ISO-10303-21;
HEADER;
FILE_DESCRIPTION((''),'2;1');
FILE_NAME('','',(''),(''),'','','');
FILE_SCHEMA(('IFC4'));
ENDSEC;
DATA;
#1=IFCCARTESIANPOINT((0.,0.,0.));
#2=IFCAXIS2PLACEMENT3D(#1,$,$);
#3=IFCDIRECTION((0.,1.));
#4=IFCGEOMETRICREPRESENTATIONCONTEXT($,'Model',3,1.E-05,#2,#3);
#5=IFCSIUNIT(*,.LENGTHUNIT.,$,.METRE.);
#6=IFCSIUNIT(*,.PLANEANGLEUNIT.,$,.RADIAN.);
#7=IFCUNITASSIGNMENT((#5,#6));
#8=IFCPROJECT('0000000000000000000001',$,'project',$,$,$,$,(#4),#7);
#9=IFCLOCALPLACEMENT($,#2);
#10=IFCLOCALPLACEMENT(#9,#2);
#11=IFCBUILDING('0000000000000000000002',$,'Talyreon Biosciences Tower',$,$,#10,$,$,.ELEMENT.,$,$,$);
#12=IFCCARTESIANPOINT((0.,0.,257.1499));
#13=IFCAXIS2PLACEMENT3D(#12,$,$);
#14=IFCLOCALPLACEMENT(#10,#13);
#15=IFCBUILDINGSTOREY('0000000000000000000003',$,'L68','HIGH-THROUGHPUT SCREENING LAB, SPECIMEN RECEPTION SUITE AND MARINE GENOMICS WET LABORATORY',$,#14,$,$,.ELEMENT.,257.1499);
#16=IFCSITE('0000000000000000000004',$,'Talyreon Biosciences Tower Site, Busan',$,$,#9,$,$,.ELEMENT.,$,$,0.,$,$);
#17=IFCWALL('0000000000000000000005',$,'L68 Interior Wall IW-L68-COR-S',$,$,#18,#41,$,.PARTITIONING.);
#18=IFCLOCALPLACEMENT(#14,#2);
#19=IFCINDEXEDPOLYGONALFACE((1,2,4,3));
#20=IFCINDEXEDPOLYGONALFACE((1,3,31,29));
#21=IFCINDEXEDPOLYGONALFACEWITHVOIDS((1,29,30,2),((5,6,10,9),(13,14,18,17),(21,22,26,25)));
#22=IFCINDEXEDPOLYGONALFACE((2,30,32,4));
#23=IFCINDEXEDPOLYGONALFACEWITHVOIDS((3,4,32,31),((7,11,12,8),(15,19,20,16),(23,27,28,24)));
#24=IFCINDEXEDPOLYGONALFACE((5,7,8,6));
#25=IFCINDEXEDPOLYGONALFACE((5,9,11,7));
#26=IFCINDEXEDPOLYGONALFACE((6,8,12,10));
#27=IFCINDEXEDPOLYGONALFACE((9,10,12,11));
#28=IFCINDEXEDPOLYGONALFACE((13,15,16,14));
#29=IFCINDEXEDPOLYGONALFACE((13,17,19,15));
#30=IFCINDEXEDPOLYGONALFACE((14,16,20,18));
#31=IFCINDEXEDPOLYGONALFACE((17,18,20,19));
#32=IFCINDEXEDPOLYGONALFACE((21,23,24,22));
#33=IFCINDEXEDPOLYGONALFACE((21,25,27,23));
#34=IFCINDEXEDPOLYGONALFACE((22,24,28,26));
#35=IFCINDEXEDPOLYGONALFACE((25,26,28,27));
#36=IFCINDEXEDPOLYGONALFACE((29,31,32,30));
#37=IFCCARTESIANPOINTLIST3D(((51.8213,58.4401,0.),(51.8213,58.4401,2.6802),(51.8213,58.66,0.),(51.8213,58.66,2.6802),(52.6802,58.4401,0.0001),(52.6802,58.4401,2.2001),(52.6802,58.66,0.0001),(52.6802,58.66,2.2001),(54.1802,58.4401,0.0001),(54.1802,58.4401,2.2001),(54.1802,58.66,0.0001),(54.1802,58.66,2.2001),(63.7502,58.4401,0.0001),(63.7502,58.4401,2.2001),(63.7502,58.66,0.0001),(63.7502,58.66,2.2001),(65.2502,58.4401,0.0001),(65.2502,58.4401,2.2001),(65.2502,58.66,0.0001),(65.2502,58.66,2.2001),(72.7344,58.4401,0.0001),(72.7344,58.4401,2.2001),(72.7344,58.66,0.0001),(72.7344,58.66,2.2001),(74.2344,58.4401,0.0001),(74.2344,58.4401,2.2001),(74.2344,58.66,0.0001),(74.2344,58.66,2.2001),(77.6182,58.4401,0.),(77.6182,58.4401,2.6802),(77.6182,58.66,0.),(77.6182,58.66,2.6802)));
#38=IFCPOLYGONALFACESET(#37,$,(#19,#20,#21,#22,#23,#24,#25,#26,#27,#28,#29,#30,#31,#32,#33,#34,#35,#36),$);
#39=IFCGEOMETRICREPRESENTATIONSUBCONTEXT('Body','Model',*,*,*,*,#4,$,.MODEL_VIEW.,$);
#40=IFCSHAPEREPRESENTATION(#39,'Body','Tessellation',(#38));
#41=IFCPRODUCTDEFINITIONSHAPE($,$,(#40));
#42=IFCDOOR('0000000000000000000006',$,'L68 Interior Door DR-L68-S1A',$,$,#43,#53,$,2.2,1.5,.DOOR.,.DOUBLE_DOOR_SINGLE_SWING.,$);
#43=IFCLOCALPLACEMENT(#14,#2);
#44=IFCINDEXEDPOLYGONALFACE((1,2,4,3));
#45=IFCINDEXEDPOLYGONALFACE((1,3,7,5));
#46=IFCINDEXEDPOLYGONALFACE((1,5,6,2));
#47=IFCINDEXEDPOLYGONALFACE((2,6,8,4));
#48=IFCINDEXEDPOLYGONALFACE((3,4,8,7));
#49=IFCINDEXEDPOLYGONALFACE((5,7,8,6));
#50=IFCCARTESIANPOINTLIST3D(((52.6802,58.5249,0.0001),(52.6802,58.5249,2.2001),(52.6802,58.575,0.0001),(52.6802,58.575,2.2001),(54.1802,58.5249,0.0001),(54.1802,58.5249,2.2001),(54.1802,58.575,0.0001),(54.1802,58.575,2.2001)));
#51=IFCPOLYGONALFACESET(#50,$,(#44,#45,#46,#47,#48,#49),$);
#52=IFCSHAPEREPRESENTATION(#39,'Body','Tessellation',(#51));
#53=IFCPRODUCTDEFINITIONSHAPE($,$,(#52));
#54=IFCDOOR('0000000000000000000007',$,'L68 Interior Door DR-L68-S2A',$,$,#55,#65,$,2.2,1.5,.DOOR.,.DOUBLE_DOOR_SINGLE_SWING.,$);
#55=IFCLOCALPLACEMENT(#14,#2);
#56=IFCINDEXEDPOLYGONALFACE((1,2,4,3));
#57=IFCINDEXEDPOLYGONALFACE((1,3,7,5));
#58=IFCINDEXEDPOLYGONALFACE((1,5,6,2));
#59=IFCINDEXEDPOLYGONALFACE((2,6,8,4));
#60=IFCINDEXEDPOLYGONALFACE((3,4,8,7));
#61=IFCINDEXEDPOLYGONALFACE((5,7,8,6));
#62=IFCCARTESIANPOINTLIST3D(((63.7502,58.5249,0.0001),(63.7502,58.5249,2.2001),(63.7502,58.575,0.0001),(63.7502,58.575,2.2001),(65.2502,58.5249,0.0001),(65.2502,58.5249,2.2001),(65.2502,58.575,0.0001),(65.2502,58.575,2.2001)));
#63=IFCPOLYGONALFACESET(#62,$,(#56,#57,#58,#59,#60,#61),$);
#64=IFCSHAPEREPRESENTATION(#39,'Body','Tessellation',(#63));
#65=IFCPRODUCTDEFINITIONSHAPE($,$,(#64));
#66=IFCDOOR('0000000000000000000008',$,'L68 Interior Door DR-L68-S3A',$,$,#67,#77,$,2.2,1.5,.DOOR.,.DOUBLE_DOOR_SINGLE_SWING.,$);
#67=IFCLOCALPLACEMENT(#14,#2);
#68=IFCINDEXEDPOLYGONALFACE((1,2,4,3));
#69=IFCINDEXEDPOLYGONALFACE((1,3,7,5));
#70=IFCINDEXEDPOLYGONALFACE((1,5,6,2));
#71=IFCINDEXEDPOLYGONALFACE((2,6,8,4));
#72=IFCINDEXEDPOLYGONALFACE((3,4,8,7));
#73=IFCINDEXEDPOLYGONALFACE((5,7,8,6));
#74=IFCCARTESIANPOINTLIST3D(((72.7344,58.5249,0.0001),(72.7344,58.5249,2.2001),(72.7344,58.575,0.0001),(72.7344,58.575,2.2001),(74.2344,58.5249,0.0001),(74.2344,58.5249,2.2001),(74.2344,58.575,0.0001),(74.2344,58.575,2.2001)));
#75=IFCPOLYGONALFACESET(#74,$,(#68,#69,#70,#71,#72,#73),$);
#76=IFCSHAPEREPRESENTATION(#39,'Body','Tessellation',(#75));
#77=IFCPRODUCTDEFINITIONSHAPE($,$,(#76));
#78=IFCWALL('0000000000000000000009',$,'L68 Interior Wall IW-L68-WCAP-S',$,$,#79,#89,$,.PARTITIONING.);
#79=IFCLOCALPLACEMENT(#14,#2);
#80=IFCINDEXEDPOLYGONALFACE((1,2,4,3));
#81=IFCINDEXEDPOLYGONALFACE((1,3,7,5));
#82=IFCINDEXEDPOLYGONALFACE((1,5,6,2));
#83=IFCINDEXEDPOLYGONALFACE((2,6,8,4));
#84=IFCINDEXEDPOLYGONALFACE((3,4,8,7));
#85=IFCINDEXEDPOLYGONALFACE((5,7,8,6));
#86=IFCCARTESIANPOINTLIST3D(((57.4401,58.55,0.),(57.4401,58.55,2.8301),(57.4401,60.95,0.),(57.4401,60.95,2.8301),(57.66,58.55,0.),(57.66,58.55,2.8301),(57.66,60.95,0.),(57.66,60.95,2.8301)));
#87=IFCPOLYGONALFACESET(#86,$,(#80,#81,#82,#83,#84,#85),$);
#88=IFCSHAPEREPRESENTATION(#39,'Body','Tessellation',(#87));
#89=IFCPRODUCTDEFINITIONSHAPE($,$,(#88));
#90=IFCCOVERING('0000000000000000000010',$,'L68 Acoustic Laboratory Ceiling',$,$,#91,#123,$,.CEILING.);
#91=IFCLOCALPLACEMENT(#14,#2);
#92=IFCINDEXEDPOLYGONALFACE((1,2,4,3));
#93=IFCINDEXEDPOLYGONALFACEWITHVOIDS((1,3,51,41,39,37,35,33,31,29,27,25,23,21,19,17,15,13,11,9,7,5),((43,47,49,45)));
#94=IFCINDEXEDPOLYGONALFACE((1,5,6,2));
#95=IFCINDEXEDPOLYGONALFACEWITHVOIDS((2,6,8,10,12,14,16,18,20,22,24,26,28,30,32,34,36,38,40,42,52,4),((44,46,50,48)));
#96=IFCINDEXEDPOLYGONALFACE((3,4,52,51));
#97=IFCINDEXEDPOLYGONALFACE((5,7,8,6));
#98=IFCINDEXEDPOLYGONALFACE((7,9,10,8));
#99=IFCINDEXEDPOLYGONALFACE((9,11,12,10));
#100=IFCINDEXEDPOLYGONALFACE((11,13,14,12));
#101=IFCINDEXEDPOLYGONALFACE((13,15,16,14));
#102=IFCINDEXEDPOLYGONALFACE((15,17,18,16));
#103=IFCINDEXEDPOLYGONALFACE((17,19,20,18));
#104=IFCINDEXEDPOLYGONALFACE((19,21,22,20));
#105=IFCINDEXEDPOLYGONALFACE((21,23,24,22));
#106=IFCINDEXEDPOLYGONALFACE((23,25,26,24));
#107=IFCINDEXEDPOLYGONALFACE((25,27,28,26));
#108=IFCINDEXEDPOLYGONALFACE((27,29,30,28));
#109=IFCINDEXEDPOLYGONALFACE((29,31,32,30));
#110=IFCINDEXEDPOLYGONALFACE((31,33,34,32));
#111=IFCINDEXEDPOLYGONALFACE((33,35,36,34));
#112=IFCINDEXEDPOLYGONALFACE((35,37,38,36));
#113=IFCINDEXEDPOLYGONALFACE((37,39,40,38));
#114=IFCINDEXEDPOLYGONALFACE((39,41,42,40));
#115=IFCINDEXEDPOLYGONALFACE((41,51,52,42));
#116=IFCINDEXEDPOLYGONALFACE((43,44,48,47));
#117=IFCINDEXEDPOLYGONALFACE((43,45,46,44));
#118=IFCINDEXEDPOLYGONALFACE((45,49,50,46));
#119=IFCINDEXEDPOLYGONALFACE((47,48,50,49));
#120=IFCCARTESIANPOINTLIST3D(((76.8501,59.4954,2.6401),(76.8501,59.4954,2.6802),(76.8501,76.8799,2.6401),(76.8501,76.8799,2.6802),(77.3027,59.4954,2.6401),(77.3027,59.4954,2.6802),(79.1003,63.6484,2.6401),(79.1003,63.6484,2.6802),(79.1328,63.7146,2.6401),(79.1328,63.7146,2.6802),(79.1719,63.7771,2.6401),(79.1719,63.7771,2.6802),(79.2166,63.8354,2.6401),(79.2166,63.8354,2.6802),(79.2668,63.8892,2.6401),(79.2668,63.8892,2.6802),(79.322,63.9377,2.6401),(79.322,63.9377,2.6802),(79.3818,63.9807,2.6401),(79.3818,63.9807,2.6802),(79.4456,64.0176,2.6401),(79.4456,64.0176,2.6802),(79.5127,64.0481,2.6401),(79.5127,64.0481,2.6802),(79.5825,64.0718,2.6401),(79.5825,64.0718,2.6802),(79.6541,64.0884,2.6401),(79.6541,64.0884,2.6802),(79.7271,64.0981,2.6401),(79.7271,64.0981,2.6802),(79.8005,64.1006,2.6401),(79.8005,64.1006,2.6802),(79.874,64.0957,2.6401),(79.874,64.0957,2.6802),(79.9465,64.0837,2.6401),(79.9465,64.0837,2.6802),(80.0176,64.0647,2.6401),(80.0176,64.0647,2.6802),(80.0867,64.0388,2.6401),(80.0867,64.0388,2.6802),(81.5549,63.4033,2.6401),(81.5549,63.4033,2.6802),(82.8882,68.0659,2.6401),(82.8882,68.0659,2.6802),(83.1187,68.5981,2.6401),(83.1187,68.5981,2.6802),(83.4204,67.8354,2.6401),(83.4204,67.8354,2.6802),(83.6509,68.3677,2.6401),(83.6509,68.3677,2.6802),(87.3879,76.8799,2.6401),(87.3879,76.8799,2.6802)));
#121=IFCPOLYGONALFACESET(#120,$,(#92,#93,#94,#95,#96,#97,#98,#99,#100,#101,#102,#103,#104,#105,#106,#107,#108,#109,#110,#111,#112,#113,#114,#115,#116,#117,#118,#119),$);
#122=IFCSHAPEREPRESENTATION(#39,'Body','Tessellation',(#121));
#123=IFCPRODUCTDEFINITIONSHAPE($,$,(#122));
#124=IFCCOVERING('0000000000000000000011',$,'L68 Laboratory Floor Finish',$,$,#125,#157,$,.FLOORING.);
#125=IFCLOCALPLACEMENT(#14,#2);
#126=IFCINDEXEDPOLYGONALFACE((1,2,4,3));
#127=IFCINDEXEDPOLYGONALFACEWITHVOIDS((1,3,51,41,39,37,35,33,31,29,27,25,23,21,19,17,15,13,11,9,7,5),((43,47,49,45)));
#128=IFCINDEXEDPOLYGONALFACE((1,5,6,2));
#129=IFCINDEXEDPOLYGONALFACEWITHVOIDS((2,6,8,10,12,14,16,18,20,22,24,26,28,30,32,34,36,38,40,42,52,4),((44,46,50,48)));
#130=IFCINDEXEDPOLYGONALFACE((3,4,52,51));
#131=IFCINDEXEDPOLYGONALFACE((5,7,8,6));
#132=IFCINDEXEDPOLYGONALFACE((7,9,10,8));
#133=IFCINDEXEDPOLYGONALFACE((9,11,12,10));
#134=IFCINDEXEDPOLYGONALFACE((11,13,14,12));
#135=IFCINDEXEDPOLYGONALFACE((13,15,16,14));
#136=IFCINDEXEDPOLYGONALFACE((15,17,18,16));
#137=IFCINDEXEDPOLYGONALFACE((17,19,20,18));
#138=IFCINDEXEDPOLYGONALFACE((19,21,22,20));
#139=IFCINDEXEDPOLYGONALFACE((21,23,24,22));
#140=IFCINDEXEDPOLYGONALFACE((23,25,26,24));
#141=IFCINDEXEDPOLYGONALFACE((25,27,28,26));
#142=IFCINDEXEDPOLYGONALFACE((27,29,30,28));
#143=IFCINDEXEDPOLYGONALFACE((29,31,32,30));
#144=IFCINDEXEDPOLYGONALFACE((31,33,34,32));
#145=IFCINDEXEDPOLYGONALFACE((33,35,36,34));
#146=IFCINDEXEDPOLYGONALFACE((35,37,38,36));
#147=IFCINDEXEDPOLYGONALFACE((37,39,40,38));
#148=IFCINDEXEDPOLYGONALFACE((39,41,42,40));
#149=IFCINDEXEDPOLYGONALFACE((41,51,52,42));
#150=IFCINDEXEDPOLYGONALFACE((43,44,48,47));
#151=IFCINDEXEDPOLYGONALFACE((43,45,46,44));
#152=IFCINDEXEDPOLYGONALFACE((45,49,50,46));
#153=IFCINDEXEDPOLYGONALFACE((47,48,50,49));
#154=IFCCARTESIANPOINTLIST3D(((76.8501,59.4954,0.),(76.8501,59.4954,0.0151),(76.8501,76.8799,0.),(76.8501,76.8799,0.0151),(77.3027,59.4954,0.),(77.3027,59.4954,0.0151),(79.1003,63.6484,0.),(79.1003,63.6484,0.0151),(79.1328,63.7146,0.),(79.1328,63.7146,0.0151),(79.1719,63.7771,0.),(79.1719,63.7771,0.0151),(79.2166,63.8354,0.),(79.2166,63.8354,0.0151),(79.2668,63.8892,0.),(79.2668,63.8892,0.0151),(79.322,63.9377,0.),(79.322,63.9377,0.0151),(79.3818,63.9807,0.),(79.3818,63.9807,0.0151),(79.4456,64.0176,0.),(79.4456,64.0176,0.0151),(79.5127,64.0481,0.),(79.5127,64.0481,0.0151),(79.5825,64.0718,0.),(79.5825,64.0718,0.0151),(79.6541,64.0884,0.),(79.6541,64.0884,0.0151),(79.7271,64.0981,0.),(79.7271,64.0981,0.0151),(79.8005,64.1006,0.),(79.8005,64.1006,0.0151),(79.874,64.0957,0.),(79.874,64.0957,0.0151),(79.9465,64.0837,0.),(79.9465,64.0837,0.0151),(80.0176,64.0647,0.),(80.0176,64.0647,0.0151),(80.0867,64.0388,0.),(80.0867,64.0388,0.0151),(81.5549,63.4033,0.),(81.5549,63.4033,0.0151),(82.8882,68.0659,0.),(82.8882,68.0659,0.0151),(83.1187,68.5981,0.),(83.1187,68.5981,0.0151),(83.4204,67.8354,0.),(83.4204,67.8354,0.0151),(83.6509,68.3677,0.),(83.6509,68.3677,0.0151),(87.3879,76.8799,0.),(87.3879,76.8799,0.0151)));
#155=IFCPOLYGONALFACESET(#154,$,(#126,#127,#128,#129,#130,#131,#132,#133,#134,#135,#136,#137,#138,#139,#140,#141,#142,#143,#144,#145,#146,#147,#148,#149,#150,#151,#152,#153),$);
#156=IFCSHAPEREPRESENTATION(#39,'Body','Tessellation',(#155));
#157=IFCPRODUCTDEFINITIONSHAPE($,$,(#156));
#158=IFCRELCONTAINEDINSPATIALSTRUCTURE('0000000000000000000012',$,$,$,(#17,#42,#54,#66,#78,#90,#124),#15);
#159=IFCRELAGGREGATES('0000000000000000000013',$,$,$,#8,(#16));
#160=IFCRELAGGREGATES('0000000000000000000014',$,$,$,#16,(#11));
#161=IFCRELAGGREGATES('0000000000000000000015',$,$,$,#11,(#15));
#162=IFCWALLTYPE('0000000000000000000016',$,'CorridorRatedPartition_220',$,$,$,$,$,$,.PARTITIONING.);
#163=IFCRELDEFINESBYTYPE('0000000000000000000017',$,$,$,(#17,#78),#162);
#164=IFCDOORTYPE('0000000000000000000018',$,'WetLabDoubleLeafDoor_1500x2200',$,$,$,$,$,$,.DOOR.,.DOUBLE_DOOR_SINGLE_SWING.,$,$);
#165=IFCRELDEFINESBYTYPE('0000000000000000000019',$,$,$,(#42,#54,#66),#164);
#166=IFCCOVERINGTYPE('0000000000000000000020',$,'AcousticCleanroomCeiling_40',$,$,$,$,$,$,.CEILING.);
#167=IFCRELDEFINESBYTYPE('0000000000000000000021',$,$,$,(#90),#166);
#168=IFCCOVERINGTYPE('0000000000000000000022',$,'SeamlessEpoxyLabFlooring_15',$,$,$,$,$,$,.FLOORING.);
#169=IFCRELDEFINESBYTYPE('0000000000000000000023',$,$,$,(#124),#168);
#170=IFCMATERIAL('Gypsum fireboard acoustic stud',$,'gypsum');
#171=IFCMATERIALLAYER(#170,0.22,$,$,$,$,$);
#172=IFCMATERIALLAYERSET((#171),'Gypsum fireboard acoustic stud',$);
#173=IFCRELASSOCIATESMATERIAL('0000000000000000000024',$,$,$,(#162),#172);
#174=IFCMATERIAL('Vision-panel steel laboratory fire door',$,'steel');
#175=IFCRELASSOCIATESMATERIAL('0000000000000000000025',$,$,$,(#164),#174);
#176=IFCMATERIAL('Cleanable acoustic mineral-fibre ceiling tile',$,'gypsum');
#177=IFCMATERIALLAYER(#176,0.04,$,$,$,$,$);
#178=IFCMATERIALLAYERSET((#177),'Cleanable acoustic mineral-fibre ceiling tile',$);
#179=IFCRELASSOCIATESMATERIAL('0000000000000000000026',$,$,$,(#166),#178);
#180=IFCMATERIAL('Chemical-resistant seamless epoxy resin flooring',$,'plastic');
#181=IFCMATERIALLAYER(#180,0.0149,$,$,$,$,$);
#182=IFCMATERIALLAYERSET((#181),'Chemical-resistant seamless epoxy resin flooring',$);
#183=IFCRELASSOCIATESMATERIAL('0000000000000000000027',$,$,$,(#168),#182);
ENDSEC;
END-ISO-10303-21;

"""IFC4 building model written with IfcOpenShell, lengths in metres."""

from ifc_helpers import new_model, si_unit, direction, frame, frame_2d, origin, place, context, subcontext, project, spatial, polyline, rectangle, outline, extrude, material, layer, layer_set, type_object, element, fill, save


model = new_model("IFC4")

# Units and contexts
model_context = context("Model", 3, precision=1e-05, world=origin(), true_north=direction((0.0, 1.0)))
body_context = subcontext(model_context, "Body", "Model", "MODEL_VIEW")
ifc_project = project(units=[si_unit("LENGTHUNIT", "METRE"), si_unit("PLANEANGLEUNIT", "RADIAN")], contexts=[model_context])

# Site, building, storey
site_placement = place(None, origin())
site = spatial("IfcSite", under=ifc_project, at=site_placement, Name="Talyreon Biosciences Tower Site, Busan", CompositionType="ELEMENT", RefElevation=0.0)
building_placement = place(site_placement, origin())
building = spatial("IfcBuilding", under=site, at=building_placement, Name="Talyreon Biosciences Tower", CompositionType="ELEMENT")
storey_placement = place(building_placement, frame((0.0, 0.0, 257.1499)))
storey = spatial("IfcBuildingStorey", under=building, at=storey_placement, Name="L68", Description="HIGH-THROUGHPUT SCREENING LAB, SPECIMEN RECEPTION SUITE AND MARINE GENOMICS WET LABORATORY", CompositionType="ELEMENT", Elevation=257.1499)

# Wall, openings, doors
ifc_material_1 = material(Name="Gypsum fireboard acoustic stud", Category="gypsum")
ifc_layer_1 = layer(ifc_material_1, 0.22)
ifc_layer_set_1 = layer_set([ifc_layer_1], Name="Gypsum fireboard acoustic stud")
wall_type_1 = type_object("IfcWallType", Name="CorridorRatedPartition_220", PredefinedType="PARTITIONING", material=ifc_layer_set_1)
wall_1_placement = place(storey_placement, frame((51.8213, 58.55, 0.0), z_axis=(0.0, 0.0, 1.0), x_axis=(1.0, 0.0, 0.0)))
wall_1 = element("IfcWall", 1, at=wall_1_placement, inside=storey, type_object=wall_type_1, Name="L68 Interior Wall IW-L68-COR-S", PredefinedType="PARTITIONING", context=body_context, shape_type="SweptSolid", body=[
    extrude(rectangle(XDim=25.7969, YDim=0.22, at=frame_2d((12.8984, 0.0))), origin(), (0.0, 0.0, 1.0), 2.6802),
])
opening_1_placement = place(wall_1_placement, frame((0.8589, 0.0, 0.0)))
opening_1 = element("IfcOpeningElement", 2, at=opening_1_placement, cuts=wall_1, PredefinedType="OPENING", context=body_context, shape_type="SweptSolid", body=[
    extrude(rectangle(XDim=1.5, YDim=2.2, at=frame_2d((0.75, 1.1001))), frame((0.0, 0.1199, 0.0), z_axis=(0.0, -1.0, 0.0), x_axis=(1.0, 0.0, 0.0)), (0.0, 0.0, 1.0), 0.24),
])
opening_2_placement = place(wall_1_placement, frame((11.929, 0.0, 0.0)))
opening_2 = element("IfcOpeningElement", 3, at=opening_2_placement, cuts=wall_1, PredefinedType="OPENING", context=body_context, shape_type="SweptSolid", body=[
    extrude(rectangle(XDim=1.5, YDim=2.2, at=frame_2d((0.75, 1.1001))), frame((0.0, 0.1199, 0.0), z_axis=(0.0, -1.0, 0.0), x_axis=(1.0, 0.0, 0.0)), (0.0, 0.0, 1.0), 0.24),
])
opening_3_placement = place(wall_1_placement, frame((20.9131, 0.0, 0.0)))
opening_3 = element("IfcOpeningElement", 4, at=opening_3_placement, cuts=wall_1, PredefinedType="OPENING", context=body_context, shape_type="SweptSolid", body=[
    extrude(rectangle(XDim=1.5, YDim=2.2, at=frame_2d((0.75, 1.1001))), frame((0.0, 0.1199, 0.0), z_axis=(0.0, -1.0, 0.0), x_axis=(1.0, 0.0, 0.0)), (0.0, 0.0, 1.0), 0.24),
])
ifc_material_2 = material(Name="Vision-panel steel laboratory fire door", Category="steel")
door_type_1 = type_object("IfcDoorType", Name="WetLabDoubleLeafDoor_1500x2200", OperationType="DOUBLE_DOOR_SINGLE_SWING", PredefinedType="DOOR", material=ifc_material_2)
door_1_placement = place(opening_1_placement, origin())
door_1 = element("IfcDoor", 5, at=door_1_placement, inside=storey, type_object=door_type_1, Name="L68 Interior Door DR-L68-S1A", OperationType="DOUBLE_DOOR_SINGLE_SWING", OverallHeight=2.2, OverallWidth=1.5, PredefinedType="DOOR", context=body_context, shape_type="SweptSolid", body=[
    extrude(rectangle(XDim=1.5, YDim=2.2, at=frame_2d((0.75, 1.1001))), frame((0.0, 0.0249, 0.0), z_axis=(0.0, -1.0, 0.0), x_axis=(1.0, 0.0, 0.0)), (0.0, 0.0, 1.0), 0.05),
])
fill(opening_1, door_1)
door_2_placement = place(opening_2_placement, origin())
door_2 = element("IfcDoor", 6, at=door_2_placement, inside=storey, type_object=door_type_1, Name="L68 Interior Door DR-L68-S2A", OperationType="DOUBLE_DOOR_SINGLE_SWING", OverallHeight=2.2, OverallWidth=1.5, PredefinedType="DOOR", context=body_context, shape_type="SweptSolid", body=[
    extrude(rectangle(XDim=1.5, YDim=2.2, at=frame_2d((0.75, 1.1001))), frame((0.0, 0.0249, 0.0), z_axis=(0.0, -1.0, 0.0), x_axis=(1.0, 0.0, 0.0)), (0.0, 0.0, 1.0), 0.05),
])
fill(opening_2, door_2)
door_3_placement = place(opening_3_placement, origin())
door_3 = element("IfcDoor", 7, at=door_3_placement, inside=storey, type_object=door_type_1, Name="L68 Interior Door DR-L68-S3A", OperationType="DOUBLE_DOOR_SINGLE_SWING", OverallHeight=2.2, OverallWidth=1.5, PredefinedType="DOOR", context=body_context, shape_type="SweptSolid", body=[
    extrude(rectangle(XDim=1.5, YDim=2.2, at=frame_2d((0.75, 1.1001))), frame((0.0, 0.0249, 0.0), z_axis=(0.0, -1.0, 0.0), x_axis=(1.0, 0.0, 0.0)), (0.0, 0.0, 1.0), 0.05),
])
fill(opening_3, door_3)

# Wall
wall_2_placement = place(storey_placement, frame((57.55, 58.55, 0.0), z_axis=(0.0, 0.0, 1.0), x_axis=(0.0, 1.0, 0.0)))
element("IfcWall", 8, at=wall_2_placement, inside=storey, type_object=wall_type_1, Name="L68 Interior Wall IW-L68-WCAP-S", PredefinedType="PARTITIONING", context=body_context, shape_type="SweptSolid", body=[
    extrude(rectangle(XDim=2.3999, YDim=0.22, at=frame_2d((1.2, 0.0))), origin(), (0.0, 0.0, 1.0), 2.8301),
])

# Coverings
ifc_material_3 = material(Name="Cleanable acoustic mineral-fibre ceiling tile", Category="gypsum")
ifc_layer_2 = layer(ifc_material_3, 0.04)
ifc_layer_set_2 = layer_set([ifc_layer_2], Name="Cleanable acoustic mineral-fibre ceiling tile")
covering_type_1 = type_object("IfcCoveringType", Name="AcousticCleanroomCeiling_40", PredefinedType="CEILING", material=ifc_layer_set_2)
covering_1_placement = place(storey_placement, frame((0.0, 0.0, 2.6401)))
element("IfcCovering", 9, at=covering_1_placement, inside=storey, type_object=covering_type_1, Name="L68 Acoustic Laboratory Ceiling", PredefinedType="CEILING", context=body_context, shape_type="SweptSolid", body=[
    extrude(outline(polyline([(80.0867, 64.0388), (80.0176, 64.0647), (79.9465, 64.0837), (79.874, 64.0957), (79.8005, 64.1006), (79.7271, 64.0981), (79.6541, 64.0884), (79.5825, 64.0718), (79.5127, 64.0481), (79.4456, 64.0176), (79.3818, 63.9807), (79.322, 63.9377), (79.2668, 63.8892), (79.2166, 63.8354), (79.1719, 63.7771), (79.1328, 63.7146), (79.1003, 63.6484), (77.3027, 59.4954), (76.8501, 59.4954), (76.8501, 76.8799), (87.3879, 76.8799), (81.5549, 63.4033), (80.0867, 64.0388)]), holes=[polyline([(83.4204, 67.8354), (83.6509, 68.3677), (83.1187, 68.5981), (82.8882, 68.0659), (83.4204, 67.8354)])]), origin(), (0.0, 0.0, 1.0), 0.04),
])
ifc_material_4 = material(Name="Chemical-resistant seamless epoxy resin flooring", Category="plastic")
ifc_layer_3 = layer(ifc_material_4, 0.0149)
ifc_layer_set_3 = layer_set([ifc_layer_3], Name="Chemical-resistant seamless epoxy resin flooring")
covering_type_2 = type_object("IfcCoveringType", Name="SeamlessEpoxyLabFlooring_15", PredefinedType="FLOORING", material=ifc_layer_set_3)
covering_2_placement = place(storey_placement, origin())
element("IfcCovering", 10, at=covering_2_placement, inside=storey, type_object=covering_type_2, Name="L68 Laboratory Floor Finish", PredefinedType="FLOORING", context=body_context, shape_type="SweptSolid", body=[
    extrude(outline(polyline([(80.0867, 64.0388), (80.0176, 64.0647), (79.9465, 64.0837), (79.874, 64.0957), (79.8005, 64.1006), (79.7271, 64.0981), (79.6541, 64.0884), (79.5825, 64.0718), (79.5127, 64.0481), (79.4456, 64.0176), (79.3818, 63.9807), (79.322, 63.9377), (79.2668, 63.8892), (79.2166, 63.8354), (79.1719, 63.7771), (79.1328, 63.7146), (79.1003, 63.6484), (77.3027, 59.4954), (76.8501, 59.4954), (76.8501, 76.8799), (87.3879, 76.8799), (81.5549, 63.4033), (80.0867, 64.0388)]), holes=[polyline([(83.4204, 67.8354), (83.6509, 68.3677), (83.1187, 68.5981), (82.8882, 68.0659), (83.4204, 67.8354)])]), origin(), (0.0, 0.0, 1.0), 0.0151),
])

save(model, "model.ifc")
